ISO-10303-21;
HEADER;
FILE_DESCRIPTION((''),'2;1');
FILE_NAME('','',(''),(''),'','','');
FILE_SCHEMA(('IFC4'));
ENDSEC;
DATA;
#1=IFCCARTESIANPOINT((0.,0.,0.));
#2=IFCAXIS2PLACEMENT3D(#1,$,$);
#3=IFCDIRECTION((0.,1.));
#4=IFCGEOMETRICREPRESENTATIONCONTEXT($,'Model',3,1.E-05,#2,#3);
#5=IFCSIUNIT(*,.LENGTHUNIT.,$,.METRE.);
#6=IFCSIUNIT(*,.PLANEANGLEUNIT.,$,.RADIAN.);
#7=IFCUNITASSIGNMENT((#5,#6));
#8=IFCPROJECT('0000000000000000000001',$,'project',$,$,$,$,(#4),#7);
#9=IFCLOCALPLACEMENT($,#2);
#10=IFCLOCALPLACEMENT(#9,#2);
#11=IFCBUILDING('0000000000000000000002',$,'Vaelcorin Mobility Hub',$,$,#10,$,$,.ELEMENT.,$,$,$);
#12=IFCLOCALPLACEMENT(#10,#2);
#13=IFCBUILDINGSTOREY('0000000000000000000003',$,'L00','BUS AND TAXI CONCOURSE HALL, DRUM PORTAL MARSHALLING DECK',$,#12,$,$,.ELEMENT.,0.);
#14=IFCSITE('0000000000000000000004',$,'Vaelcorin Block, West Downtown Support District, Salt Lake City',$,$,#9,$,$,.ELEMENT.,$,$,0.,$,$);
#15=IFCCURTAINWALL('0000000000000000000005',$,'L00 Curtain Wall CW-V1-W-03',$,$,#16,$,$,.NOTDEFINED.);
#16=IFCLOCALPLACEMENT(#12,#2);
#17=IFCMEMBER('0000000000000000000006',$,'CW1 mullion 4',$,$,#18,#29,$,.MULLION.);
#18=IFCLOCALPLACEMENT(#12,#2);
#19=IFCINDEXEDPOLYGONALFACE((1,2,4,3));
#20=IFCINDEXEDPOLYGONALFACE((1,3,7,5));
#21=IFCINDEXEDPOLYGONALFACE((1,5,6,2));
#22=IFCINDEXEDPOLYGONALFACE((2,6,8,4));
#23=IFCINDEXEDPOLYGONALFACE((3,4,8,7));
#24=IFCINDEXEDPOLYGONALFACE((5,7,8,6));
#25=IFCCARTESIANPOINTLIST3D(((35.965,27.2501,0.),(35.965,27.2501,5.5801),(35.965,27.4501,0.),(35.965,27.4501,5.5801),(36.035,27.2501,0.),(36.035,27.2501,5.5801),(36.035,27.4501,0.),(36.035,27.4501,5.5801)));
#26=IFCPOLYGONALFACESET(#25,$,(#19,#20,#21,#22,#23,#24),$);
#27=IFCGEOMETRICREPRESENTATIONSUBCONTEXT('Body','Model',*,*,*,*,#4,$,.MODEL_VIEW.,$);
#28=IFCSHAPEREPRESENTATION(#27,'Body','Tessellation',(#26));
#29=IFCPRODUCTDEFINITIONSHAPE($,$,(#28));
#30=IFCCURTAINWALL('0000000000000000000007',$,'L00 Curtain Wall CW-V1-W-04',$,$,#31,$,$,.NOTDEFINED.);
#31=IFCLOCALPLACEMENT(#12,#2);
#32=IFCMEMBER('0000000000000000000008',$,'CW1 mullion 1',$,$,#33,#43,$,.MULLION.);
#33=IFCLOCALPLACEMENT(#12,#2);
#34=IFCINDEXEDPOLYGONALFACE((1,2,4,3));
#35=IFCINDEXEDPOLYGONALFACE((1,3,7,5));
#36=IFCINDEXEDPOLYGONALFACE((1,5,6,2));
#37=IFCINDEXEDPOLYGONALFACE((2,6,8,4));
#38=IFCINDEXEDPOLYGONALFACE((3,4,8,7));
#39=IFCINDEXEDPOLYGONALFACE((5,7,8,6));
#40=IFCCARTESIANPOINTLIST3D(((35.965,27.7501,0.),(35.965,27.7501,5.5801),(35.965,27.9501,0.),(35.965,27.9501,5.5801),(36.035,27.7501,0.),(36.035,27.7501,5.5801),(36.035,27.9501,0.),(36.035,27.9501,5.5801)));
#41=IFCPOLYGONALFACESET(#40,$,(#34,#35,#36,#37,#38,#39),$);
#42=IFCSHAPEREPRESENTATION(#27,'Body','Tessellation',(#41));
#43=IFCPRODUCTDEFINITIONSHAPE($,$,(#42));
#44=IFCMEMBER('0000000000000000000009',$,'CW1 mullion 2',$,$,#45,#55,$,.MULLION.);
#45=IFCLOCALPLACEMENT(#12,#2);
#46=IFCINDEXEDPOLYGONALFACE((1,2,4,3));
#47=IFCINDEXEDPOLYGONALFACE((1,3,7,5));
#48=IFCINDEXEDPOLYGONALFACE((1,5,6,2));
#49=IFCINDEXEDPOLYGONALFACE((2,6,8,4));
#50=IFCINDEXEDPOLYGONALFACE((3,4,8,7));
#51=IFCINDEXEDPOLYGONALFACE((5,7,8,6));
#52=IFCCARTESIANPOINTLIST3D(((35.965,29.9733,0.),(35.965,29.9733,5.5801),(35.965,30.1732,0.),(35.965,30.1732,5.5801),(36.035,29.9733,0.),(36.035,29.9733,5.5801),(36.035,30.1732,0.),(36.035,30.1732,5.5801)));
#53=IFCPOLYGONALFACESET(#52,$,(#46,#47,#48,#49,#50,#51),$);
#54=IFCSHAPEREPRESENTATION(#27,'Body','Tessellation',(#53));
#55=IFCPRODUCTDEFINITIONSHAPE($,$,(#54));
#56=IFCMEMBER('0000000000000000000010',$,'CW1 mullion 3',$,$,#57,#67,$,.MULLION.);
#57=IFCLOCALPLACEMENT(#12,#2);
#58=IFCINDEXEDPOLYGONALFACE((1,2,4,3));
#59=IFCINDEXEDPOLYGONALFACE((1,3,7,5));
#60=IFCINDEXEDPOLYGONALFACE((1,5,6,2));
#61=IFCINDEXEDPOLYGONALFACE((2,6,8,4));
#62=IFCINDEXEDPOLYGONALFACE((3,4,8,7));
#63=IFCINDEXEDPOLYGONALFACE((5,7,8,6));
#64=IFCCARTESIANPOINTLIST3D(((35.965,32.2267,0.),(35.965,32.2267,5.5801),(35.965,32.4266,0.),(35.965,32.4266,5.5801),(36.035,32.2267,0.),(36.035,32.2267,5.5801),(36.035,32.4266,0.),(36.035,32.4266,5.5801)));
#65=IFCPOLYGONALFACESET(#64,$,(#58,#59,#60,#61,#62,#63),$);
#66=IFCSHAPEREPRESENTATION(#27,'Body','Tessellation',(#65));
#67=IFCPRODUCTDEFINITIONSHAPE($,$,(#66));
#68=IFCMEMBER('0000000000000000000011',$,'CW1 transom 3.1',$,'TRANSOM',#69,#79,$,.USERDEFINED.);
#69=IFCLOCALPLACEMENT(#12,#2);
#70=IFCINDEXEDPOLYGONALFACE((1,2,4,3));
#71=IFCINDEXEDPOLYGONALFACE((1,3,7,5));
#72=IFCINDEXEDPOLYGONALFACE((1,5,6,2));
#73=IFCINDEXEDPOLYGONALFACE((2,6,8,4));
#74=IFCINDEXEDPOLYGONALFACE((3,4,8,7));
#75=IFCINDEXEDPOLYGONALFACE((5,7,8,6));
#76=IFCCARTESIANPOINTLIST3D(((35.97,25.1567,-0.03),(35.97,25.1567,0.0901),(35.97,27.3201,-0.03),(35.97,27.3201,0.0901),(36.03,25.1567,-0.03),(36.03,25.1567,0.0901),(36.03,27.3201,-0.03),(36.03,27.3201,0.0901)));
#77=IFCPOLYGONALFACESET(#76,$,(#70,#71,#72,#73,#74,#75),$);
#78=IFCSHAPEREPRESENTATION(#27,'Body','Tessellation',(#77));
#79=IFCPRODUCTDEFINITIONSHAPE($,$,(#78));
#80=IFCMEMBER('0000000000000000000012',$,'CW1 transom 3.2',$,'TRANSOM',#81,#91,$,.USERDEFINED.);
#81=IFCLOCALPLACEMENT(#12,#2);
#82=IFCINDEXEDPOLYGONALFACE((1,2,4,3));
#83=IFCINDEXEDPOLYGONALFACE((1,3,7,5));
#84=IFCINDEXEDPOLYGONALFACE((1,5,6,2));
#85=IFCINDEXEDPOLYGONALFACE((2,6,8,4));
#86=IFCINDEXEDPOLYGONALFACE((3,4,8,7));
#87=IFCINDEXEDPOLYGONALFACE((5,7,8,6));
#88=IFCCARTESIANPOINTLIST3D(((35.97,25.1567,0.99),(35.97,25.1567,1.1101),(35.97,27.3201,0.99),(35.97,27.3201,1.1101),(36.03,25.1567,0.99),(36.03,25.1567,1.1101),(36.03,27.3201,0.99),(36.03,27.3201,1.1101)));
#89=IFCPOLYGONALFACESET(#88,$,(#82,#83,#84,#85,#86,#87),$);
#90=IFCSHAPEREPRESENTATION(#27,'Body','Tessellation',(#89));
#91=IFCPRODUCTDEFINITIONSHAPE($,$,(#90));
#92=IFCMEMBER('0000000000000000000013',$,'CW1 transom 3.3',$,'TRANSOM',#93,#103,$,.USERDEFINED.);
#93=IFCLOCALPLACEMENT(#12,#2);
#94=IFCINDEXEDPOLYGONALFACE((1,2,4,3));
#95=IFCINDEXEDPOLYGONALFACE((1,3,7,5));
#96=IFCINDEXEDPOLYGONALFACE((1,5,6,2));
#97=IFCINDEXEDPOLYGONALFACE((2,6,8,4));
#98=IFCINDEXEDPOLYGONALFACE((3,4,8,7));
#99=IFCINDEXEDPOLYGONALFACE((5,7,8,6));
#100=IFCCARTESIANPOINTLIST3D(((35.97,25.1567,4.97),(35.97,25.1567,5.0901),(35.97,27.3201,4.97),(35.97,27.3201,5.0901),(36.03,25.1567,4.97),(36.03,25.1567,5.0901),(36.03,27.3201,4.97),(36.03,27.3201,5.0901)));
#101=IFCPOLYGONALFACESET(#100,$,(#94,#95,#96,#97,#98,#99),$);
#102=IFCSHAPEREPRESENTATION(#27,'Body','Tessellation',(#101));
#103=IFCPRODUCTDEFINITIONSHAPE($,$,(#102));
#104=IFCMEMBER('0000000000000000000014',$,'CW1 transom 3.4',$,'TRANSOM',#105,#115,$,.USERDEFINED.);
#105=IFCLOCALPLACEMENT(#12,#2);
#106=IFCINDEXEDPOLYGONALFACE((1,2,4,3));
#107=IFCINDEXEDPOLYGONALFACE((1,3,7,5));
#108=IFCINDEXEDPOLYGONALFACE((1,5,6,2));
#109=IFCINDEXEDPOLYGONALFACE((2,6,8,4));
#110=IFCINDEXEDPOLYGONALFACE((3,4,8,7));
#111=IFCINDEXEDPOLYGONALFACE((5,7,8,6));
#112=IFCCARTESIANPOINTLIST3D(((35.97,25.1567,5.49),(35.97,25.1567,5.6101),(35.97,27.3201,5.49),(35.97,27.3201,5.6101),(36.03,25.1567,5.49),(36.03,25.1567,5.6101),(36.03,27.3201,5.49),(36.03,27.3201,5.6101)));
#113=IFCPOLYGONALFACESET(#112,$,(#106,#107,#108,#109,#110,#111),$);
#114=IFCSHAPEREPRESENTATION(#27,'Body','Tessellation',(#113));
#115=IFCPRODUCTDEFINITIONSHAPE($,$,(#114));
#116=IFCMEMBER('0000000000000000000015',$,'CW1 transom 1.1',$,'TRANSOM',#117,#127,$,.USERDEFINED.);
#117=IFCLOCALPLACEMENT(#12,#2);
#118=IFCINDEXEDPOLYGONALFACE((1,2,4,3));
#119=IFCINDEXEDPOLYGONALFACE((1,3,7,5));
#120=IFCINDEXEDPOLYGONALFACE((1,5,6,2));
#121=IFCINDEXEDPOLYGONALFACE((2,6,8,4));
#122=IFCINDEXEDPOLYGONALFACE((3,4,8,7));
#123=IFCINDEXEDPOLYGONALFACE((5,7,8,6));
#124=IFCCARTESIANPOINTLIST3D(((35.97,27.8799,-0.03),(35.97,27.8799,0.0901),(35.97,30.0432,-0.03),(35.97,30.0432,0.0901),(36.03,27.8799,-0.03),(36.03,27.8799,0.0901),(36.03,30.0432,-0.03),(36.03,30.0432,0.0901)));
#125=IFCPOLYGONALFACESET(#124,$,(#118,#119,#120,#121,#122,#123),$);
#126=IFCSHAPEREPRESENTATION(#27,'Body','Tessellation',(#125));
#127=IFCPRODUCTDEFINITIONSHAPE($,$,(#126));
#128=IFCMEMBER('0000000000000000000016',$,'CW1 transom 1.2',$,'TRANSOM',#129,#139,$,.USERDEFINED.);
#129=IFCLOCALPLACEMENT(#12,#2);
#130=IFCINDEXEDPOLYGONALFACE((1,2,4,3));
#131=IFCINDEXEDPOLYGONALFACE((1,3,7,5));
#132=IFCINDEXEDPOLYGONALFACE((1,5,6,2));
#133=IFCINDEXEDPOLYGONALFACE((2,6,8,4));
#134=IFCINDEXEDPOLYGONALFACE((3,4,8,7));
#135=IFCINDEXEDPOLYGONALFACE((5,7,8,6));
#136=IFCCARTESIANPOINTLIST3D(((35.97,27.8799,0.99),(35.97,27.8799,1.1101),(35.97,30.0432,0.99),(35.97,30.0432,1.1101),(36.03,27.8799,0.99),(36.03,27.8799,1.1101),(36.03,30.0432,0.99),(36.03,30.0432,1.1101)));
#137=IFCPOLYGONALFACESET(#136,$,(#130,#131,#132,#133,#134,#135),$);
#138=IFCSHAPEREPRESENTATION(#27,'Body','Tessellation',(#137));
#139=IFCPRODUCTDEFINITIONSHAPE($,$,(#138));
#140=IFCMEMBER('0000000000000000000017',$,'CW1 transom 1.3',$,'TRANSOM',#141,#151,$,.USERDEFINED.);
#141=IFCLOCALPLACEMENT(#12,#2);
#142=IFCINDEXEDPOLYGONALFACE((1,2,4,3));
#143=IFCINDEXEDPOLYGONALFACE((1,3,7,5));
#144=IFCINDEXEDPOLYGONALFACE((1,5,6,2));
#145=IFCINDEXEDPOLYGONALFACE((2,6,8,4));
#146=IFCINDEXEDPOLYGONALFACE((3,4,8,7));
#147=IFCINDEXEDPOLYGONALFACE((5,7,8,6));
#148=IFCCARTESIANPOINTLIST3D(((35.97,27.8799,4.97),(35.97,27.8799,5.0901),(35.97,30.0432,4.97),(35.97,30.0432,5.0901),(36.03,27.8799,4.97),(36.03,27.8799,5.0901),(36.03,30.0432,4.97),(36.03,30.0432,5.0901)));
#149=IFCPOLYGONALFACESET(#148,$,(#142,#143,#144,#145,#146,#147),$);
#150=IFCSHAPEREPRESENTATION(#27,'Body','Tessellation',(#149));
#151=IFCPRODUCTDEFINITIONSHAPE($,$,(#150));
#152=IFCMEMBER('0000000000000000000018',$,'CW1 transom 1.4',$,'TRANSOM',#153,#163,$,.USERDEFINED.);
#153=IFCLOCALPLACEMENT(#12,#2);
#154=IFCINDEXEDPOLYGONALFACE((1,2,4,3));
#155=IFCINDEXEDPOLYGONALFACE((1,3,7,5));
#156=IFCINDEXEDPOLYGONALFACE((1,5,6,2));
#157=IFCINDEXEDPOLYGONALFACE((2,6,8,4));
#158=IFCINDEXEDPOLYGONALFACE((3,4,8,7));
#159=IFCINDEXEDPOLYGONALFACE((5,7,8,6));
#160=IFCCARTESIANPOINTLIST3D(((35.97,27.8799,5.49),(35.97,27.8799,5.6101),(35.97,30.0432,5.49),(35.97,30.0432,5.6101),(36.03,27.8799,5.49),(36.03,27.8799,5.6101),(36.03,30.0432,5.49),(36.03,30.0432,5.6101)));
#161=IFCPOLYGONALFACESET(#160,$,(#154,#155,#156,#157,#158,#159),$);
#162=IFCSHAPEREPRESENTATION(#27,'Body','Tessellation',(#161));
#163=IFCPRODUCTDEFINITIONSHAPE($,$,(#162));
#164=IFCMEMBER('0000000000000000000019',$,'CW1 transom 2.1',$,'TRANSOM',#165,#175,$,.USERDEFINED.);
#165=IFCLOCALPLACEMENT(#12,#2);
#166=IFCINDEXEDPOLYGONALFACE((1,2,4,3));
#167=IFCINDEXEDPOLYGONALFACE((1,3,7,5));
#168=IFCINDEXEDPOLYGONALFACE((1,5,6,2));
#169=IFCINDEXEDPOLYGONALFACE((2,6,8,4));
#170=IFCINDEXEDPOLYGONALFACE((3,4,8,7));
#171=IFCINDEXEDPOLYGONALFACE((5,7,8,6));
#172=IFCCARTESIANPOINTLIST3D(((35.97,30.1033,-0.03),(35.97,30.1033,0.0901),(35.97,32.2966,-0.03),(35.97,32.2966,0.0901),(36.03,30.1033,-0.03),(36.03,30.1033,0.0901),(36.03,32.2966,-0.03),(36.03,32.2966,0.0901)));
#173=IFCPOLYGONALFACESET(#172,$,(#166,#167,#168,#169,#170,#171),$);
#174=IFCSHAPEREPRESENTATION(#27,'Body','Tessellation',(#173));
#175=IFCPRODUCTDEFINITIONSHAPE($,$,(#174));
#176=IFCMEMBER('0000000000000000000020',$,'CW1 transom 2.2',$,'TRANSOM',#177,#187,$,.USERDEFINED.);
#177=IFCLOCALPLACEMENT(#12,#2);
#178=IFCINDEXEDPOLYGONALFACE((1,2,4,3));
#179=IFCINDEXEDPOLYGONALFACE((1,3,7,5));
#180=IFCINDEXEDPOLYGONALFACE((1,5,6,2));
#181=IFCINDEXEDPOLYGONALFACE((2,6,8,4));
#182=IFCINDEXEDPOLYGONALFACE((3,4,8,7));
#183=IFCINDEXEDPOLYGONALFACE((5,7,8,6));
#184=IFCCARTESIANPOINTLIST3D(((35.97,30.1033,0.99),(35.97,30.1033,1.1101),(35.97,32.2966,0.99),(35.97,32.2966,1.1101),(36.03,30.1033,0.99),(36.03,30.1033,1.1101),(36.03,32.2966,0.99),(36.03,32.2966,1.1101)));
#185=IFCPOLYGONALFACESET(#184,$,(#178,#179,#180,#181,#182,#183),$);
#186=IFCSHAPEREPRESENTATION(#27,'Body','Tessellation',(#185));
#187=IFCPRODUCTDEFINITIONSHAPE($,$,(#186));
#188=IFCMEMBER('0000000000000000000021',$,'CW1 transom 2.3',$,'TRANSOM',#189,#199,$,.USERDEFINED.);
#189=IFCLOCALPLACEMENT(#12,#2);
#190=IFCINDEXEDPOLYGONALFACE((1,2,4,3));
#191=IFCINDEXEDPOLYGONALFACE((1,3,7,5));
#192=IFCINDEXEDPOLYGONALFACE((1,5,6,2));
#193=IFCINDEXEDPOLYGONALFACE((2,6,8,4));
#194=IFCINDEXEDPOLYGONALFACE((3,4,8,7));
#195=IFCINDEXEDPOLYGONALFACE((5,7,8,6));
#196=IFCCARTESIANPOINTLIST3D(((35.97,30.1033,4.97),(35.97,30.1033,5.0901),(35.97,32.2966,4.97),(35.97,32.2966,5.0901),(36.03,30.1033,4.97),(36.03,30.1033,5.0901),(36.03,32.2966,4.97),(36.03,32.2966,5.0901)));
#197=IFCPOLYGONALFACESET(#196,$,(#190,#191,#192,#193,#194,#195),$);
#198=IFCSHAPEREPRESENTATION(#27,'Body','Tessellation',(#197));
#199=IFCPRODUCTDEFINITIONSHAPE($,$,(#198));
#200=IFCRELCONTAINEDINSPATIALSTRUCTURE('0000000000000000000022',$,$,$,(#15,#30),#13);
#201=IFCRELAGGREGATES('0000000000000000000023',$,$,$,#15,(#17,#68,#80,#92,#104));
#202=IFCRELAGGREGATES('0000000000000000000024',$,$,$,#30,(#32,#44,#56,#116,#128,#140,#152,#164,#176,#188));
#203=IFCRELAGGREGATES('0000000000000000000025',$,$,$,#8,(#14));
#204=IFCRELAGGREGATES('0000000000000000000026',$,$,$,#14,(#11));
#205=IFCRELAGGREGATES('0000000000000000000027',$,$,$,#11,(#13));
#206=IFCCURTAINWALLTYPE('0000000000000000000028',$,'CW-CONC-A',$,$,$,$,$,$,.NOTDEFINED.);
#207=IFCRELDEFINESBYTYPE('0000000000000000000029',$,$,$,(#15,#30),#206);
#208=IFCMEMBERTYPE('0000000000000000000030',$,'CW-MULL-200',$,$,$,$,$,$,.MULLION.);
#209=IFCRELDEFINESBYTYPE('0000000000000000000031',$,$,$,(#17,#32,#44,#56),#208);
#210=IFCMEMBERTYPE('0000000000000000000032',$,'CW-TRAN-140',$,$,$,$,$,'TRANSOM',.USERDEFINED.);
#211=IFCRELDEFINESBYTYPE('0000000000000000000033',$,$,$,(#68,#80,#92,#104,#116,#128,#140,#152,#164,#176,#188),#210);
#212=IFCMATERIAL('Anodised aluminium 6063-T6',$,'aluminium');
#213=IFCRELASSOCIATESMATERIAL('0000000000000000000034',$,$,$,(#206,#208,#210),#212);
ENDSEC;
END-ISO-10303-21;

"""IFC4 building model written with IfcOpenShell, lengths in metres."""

from ifc_helpers import new_model, si_unit, direction, frame, origin, origin_2d, place, context, subcontext, project, spatial, rectangle, extrude, material, material_profile, profile_set, type_object, element, aggregate, save


model = new_model("IFC4")

# Units and contexts
model_context = context("Model", 3, precision=1e-05, world=origin(), true_north=direction((0.0, 1.0)))
body_context = subcontext(model_context, "Body", "Model", "MODEL_VIEW")
ifc_project = project(units=[si_unit("LENGTHUNIT", "METRE"), si_unit("PLANEANGLEUNIT", "RADIAN")], contexts=[model_context])

# Site, building, storey
site_placement = place(None, origin())
site = spatial("IfcSite", under=ifc_project, at=site_placement, Name="Vaelcorin Block, West Downtown Support District, Salt Lake City", CompositionType="ELEMENT", RefElevation=0.0)
building_placement = place(site_placement, origin())
building = spatial("IfcBuilding", under=site, at=building_placement, Name="Vaelcorin Mobility Hub", CompositionType="ELEMENT")
storey_placement = place(building_placement, origin())
storey = spatial("IfcBuildingStorey", under=building, at=storey_placement, Name="L00", Description="BUS AND TAXI CONCOURSE HALL, DRUM PORTAL MARSHALLING DECK", CompositionType="ELEMENT", Elevation=0.0)

# Curtain wall, member
ifc_material_1 = material(Name="Anodised aluminium 6063-T6", Category="aluminium")
curtain_wall_type = type_object("IfcCurtainWallType", Name="CW-CONC-A", PredefinedType="NOTDEFINED", material=ifc_material_1)
curtain_wall_1_placement = place(storey_placement, origin())
curtain_wall_1 = element("IfcCurtainWall", 1, at=curtain_wall_1_placement, inside=storey, type_object=curtain_wall_type, Name="L00 Curtain Wall CW-V1-W-03", PredefinedType="NOTDEFINED")
ifc_material_profile_1 = material_profile(ifc_material_1, rectangle(XDim=0.0701, YDim=0.2, at=origin_2d()), Name="ALU-M70X200")
ifc_profile_set_1 = profile_set([ifc_material_profile_1], Name="Anodised aluminium 6063-T6")
member_type_1 = type_object("IfcMemberType", Name="CW-MULL-200", PredefinedType="MULLION", material=ifc_profile_set_1)
member_1_placement = place(storey_placement, frame((36.0, 27.3501, 0.0), z_axis=(0.0, 0.0, 1.0), x_axis=(-1.0, 0.0, 0.0)))
member_1 = element("IfcMember", 2, at=member_1_placement, type_object=member_type_1, Name="CW1 mullion 4", PredefinedType="MULLION", context=body_context, shape_type="SweptSolid", body=[
    extrude(rectangle(XDim=0.0701, YDim=0.2, at=origin_2d()), origin(), (0.0, 0.0, 1.0), 5.5801),
])

# Curtain wall, members
curtain_wall_2_placement = place(storey_placement, origin())
curtain_wall_2 = element("IfcCurtainWall", 3, at=curtain_wall_2_placement, inside=storey, type_object=curtain_wall_type, Name="L00 Curtain Wall CW-V1-W-04", PredefinedType="NOTDEFINED")
member_2_placement = place(storey_placement, frame((36.0, 27.8501, 0.0), z_axis=(0.0, 0.0, 1.0), x_axis=(-1.0, 0.0, 0.0)))
member_2 = element("IfcMember", 4, at=member_2_placement, type_object=member_type_1, Name="CW1 mullion 1", PredefinedType="MULLION", context=body_context, shape_type="SweptSolid", body=[
    extrude(rectangle(XDim=0.0701, YDim=0.2, at=origin_2d()), origin(), (0.0, 0.0, 1.0), 5.5801),
])
member_3_placement = place(storey_placement, frame((36.0, 30.0732, 0.0), z_axis=(0.0, 0.0, 1.0), x_axis=(-1.0, 0.0, 0.0)))
member_3 = element("IfcMember", 5, at=member_3_placement, type_object=member_type_1, Name="CW1 mullion 2", PredefinedType="MULLION", context=body_context, shape_type="SweptSolid", body=[
    extrude(rectangle(XDim=0.0701, YDim=0.2, at=origin_2d()), origin(), (0.0, 0.0, 1.0), 5.5801),
])
member_4_placement = place(storey_placement, frame((36.0, 32.3267, 0.0), z_axis=(0.0, 0.0, 1.0), x_axis=(-1.0, 0.0, 0.0)))
member_4 = element("IfcMember", 6, at=member_4_placement, type_object=member_type_1, Name="CW1 mullion 3", PredefinedType="MULLION", context=body_context, shape_type="SweptSolid", body=[
    extrude(rectangle(XDim=0.0701, YDim=0.2, at=origin_2d()), origin(), (0.0, 0.0, 1.0), 5.5801),
])

# Members
ifc_material_profile_2 = material_profile(ifc_material_1, rectangle(XDim=0.0601, YDim=0.1201, at=origin_2d()), Name="ALU-T60X120")
ifc_profile_set_2 = profile_set([ifc_material_profile_2], Name="Anodised aluminium 6063-T6")
member_type_2 = type_object("IfcMemberType", Name="CW-TRAN-140", ElementType="TRANSOM", PredefinedType="USERDEFINED", material=ifc_profile_set_2)
member_5_placement = place(storey_placement, frame((36.0, 25.1567, 0.03), z_axis=(0.0, 1.0, 0.0), x_axis=(-1.0, 0.0, 0.0)))
member_5 = element("IfcMember", 7, at=member_5_placement, type_object=member_type_2, Name="CW1 transom 3.1", ObjectType="TRANSOM", PredefinedType="USERDEFINED", context=body_context, shape_type="SweptSolid", body=[
    extrude(rectangle(XDim=0.0601, YDim=0.1201, at=origin_2d()), origin(), (0.0, 0.0, 1.0), 2.1633),
])
member_6_placement = place(storey_placement, frame((36.0, 25.1567, 1.05), z_axis=(0.0, 1.0, 0.0), x_axis=(-1.0, 0.0, 0.0)))
member_6 = element("IfcMember", 8, at=member_6_placement, type_object=member_type_2, Name="CW1 transom 3.2", ObjectType="TRANSOM", PredefinedType="USERDEFINED", context=body_context, shape_type="SweptSolid", body=[
    extrude(rectangle(XDim=0.0601, YDim=0.1201, at=origin_2d()), origin(), (0.0, 0.0, 1.0), 2.1633),
])
member_7_placement = place(storey_placement, frame((36.0, 25.1567, 5.03), z_axis=(0.0, 1.0, 0.0), x_axis=(-1.0, 0.0, 0.0)))
member_7 = element("IfcMember", 9, at=member_7_placement, type_object=member_type_2, Name="CW1 transom 3.3", ObjectType="TRANSOM", PredefinedType="USERDEFINED", context=body_context, shape_type="SweptSolid", body=[
    extrude(rectangle(XDim=0.0601, YDim=0.1201, at=origin_2d()), origin(), (0.0, 0.0, 1.0), 2.1633),
])
member_8_placement = place(storey_placement, frame((36.0, 25.1567, 5.55), z_axis=(0.0, 1.0, 0.0), x_axis=(-1.0, 0.0, 0.0)))
member_8 = element("IfcMember", 10, at=member_8_placement, type_object=member_type_2, Name="CW1 transom 3.4", ObjectType="TRANSOM", PredefinedType="USERDEFINED", context=body_context, shape_type="SweptSolid", body=[
    extrude(rectangle(XDim=0.0601, YDim=0.1201, at=origin_2d()), origin(), (0.0, 0.0, 1.0), 2.1633),
])
member_9_placement = place(storey_placement, frame((36.0, 27.8799, 0.03), z_axis=(0.0, 1.0, 0.0), x_axis=(-1.0, 0.0, 0.0)))
member_9 = element("IfcMember", 11, at=member_9_placement, type_object=member_type_2, Name="CW1 transom 1.1", ObjectType="TRANSOM", PredefinedType="USERDEFINED", context=body_context, shape_type="SweptSolid", body=[
    extrude(rectangle(XDim=0.0601, YDim=0.1201, at=origin_2d()), origin(), (0.0, 0.0, 1.0), 2.1633),
])
member_10_placement = place(storey_placement, frame((36.0, 27.8799, 1.05), z_axis=(0.0, 1.0, 0.0), x_axis=(-1.0, 0.0, 0.0)))
member_10 = element("IfcMember", 12, at=member_10_placement, type_object=member_type_2, Name="CW1 transom 1.2", ObjectType="TRANSOM", PredefinedType="USERDEFINED", context=body_context, shape_type="SweptSolid", body=[
    extrude(rectangle(XDim=0.0601, YDim=0.1201, at=origin_2d()), origin(), (0.0, 0.0, 1.0), 2.1633),
])
member_11_placement = place(storey_placement, frame((36.0, 27.8799, 5.03), z_axis=(0.0, 1.0, 0.0), x_axis=(-1.0, 0.0, 0.0)))
member_11 = element("IfcMember", 13, at=member_11_placement, type_object=member_type_2, Name="CW1 transom 1.3", ObjectType="TRANSOM", PredefinedType="USERDEFINED", context=body_context, shape_type="SweptSolid", body=[
    extrude(rectangle(XDim=0.0601, YDim=0.1201, at=origin_2d()), origin(), (0.0, 0.0, 1.0), 2.1633),
])
member_12_placement = place(storey_placement, frame((36.0, 27.8799, 5.55), z_axis=(0.0, 1.0, 0.0), x_axis=(-1.0, 0.0, 0.0)))
member_12 = element("IfcMember", 14, at=member_12_placement, type_object=member_type_2, Name="CW1 transom 1.4", ObjectType="TRANSOM", PredefinedType="USERDEFINED", context=body_context, shape_type="SweptSolid", body=[
    extrude(rectangle(XDim=0.0601, YDim=0.1201, at=origin_2d()), origin(), (0.0, 0.0, 1.0), 2.1633),
])
member_13_placement = place(storey_placement, frame((36.0, 30.1033, 0.03), z_axis=(0.0, 1.0, 0.0), x_axis=(-1.0, 0.0, 0.0)))
member_13 = element("IfcMember", 15, at=member_13_placement, type_object=member_type_2, Name="CW1 transom 2.1", ObjectType="TRANSOM", PredefinedType="USERDEFINED", context=body_context, shape_type="SweptSolid", body=[
    extrude(rectangle(XDim=0.0601, YDim=0.1201, at=origin_2d()), origin(), (0.0, 0.0, 1.0), 2.1934),
])
member_14_placement = place(storey_placement, frame((36.0, 30.1033, 1.05), z_axis=(0.0, 1.0, 0.0), x_axis=(-1.0, 0.0, 0.0)))
member_14 = element("IfcMember", 16, at=member_14_placement, type_object=member_type_2, Name="CW1 transom 2.2", ObjectType="TRANSOM", PredefinedType="USERDEFINED", context=body_context, shape_type="SweptSolid", body=[
    extrude(rectangle(XDim=0.0601, YDim=0.1201, at=origin_2d()), origin(), (0.0, 0.0, 1.0), 2.1934),
])
member_15_placement = place(storey_placement, frame((36.0, 30.1033, 5.03), z_axis=(0.0, 1.0, 0.0), x_axis=(-1.0, 0.0, 0.0)))
member_15 = element("IfcMember", 17, at=member_15_placement, type_object=member_type_2, Name="CW1 transom 2.3", ObjectType="TRANSOM", PredefinedType="USERDEFINED", context=body_context, shape_type="SweptSolid", body=[
    extrude(rectangle(XDim=0.0601, YDim=0.1201, at=origin_2d()), origin(), (0.0, 0.0, 1.0), 2.1934),
])

aggregate(curtain_wall_1, [member_1, member_5, member_6, member_7, member_8])
aggregate(curtain_wall_2, [member_2, member_3, member_4, member_9, member_10, member_11, member_12, member_13, member_14, member_15])

save(model, "model.ifc")
